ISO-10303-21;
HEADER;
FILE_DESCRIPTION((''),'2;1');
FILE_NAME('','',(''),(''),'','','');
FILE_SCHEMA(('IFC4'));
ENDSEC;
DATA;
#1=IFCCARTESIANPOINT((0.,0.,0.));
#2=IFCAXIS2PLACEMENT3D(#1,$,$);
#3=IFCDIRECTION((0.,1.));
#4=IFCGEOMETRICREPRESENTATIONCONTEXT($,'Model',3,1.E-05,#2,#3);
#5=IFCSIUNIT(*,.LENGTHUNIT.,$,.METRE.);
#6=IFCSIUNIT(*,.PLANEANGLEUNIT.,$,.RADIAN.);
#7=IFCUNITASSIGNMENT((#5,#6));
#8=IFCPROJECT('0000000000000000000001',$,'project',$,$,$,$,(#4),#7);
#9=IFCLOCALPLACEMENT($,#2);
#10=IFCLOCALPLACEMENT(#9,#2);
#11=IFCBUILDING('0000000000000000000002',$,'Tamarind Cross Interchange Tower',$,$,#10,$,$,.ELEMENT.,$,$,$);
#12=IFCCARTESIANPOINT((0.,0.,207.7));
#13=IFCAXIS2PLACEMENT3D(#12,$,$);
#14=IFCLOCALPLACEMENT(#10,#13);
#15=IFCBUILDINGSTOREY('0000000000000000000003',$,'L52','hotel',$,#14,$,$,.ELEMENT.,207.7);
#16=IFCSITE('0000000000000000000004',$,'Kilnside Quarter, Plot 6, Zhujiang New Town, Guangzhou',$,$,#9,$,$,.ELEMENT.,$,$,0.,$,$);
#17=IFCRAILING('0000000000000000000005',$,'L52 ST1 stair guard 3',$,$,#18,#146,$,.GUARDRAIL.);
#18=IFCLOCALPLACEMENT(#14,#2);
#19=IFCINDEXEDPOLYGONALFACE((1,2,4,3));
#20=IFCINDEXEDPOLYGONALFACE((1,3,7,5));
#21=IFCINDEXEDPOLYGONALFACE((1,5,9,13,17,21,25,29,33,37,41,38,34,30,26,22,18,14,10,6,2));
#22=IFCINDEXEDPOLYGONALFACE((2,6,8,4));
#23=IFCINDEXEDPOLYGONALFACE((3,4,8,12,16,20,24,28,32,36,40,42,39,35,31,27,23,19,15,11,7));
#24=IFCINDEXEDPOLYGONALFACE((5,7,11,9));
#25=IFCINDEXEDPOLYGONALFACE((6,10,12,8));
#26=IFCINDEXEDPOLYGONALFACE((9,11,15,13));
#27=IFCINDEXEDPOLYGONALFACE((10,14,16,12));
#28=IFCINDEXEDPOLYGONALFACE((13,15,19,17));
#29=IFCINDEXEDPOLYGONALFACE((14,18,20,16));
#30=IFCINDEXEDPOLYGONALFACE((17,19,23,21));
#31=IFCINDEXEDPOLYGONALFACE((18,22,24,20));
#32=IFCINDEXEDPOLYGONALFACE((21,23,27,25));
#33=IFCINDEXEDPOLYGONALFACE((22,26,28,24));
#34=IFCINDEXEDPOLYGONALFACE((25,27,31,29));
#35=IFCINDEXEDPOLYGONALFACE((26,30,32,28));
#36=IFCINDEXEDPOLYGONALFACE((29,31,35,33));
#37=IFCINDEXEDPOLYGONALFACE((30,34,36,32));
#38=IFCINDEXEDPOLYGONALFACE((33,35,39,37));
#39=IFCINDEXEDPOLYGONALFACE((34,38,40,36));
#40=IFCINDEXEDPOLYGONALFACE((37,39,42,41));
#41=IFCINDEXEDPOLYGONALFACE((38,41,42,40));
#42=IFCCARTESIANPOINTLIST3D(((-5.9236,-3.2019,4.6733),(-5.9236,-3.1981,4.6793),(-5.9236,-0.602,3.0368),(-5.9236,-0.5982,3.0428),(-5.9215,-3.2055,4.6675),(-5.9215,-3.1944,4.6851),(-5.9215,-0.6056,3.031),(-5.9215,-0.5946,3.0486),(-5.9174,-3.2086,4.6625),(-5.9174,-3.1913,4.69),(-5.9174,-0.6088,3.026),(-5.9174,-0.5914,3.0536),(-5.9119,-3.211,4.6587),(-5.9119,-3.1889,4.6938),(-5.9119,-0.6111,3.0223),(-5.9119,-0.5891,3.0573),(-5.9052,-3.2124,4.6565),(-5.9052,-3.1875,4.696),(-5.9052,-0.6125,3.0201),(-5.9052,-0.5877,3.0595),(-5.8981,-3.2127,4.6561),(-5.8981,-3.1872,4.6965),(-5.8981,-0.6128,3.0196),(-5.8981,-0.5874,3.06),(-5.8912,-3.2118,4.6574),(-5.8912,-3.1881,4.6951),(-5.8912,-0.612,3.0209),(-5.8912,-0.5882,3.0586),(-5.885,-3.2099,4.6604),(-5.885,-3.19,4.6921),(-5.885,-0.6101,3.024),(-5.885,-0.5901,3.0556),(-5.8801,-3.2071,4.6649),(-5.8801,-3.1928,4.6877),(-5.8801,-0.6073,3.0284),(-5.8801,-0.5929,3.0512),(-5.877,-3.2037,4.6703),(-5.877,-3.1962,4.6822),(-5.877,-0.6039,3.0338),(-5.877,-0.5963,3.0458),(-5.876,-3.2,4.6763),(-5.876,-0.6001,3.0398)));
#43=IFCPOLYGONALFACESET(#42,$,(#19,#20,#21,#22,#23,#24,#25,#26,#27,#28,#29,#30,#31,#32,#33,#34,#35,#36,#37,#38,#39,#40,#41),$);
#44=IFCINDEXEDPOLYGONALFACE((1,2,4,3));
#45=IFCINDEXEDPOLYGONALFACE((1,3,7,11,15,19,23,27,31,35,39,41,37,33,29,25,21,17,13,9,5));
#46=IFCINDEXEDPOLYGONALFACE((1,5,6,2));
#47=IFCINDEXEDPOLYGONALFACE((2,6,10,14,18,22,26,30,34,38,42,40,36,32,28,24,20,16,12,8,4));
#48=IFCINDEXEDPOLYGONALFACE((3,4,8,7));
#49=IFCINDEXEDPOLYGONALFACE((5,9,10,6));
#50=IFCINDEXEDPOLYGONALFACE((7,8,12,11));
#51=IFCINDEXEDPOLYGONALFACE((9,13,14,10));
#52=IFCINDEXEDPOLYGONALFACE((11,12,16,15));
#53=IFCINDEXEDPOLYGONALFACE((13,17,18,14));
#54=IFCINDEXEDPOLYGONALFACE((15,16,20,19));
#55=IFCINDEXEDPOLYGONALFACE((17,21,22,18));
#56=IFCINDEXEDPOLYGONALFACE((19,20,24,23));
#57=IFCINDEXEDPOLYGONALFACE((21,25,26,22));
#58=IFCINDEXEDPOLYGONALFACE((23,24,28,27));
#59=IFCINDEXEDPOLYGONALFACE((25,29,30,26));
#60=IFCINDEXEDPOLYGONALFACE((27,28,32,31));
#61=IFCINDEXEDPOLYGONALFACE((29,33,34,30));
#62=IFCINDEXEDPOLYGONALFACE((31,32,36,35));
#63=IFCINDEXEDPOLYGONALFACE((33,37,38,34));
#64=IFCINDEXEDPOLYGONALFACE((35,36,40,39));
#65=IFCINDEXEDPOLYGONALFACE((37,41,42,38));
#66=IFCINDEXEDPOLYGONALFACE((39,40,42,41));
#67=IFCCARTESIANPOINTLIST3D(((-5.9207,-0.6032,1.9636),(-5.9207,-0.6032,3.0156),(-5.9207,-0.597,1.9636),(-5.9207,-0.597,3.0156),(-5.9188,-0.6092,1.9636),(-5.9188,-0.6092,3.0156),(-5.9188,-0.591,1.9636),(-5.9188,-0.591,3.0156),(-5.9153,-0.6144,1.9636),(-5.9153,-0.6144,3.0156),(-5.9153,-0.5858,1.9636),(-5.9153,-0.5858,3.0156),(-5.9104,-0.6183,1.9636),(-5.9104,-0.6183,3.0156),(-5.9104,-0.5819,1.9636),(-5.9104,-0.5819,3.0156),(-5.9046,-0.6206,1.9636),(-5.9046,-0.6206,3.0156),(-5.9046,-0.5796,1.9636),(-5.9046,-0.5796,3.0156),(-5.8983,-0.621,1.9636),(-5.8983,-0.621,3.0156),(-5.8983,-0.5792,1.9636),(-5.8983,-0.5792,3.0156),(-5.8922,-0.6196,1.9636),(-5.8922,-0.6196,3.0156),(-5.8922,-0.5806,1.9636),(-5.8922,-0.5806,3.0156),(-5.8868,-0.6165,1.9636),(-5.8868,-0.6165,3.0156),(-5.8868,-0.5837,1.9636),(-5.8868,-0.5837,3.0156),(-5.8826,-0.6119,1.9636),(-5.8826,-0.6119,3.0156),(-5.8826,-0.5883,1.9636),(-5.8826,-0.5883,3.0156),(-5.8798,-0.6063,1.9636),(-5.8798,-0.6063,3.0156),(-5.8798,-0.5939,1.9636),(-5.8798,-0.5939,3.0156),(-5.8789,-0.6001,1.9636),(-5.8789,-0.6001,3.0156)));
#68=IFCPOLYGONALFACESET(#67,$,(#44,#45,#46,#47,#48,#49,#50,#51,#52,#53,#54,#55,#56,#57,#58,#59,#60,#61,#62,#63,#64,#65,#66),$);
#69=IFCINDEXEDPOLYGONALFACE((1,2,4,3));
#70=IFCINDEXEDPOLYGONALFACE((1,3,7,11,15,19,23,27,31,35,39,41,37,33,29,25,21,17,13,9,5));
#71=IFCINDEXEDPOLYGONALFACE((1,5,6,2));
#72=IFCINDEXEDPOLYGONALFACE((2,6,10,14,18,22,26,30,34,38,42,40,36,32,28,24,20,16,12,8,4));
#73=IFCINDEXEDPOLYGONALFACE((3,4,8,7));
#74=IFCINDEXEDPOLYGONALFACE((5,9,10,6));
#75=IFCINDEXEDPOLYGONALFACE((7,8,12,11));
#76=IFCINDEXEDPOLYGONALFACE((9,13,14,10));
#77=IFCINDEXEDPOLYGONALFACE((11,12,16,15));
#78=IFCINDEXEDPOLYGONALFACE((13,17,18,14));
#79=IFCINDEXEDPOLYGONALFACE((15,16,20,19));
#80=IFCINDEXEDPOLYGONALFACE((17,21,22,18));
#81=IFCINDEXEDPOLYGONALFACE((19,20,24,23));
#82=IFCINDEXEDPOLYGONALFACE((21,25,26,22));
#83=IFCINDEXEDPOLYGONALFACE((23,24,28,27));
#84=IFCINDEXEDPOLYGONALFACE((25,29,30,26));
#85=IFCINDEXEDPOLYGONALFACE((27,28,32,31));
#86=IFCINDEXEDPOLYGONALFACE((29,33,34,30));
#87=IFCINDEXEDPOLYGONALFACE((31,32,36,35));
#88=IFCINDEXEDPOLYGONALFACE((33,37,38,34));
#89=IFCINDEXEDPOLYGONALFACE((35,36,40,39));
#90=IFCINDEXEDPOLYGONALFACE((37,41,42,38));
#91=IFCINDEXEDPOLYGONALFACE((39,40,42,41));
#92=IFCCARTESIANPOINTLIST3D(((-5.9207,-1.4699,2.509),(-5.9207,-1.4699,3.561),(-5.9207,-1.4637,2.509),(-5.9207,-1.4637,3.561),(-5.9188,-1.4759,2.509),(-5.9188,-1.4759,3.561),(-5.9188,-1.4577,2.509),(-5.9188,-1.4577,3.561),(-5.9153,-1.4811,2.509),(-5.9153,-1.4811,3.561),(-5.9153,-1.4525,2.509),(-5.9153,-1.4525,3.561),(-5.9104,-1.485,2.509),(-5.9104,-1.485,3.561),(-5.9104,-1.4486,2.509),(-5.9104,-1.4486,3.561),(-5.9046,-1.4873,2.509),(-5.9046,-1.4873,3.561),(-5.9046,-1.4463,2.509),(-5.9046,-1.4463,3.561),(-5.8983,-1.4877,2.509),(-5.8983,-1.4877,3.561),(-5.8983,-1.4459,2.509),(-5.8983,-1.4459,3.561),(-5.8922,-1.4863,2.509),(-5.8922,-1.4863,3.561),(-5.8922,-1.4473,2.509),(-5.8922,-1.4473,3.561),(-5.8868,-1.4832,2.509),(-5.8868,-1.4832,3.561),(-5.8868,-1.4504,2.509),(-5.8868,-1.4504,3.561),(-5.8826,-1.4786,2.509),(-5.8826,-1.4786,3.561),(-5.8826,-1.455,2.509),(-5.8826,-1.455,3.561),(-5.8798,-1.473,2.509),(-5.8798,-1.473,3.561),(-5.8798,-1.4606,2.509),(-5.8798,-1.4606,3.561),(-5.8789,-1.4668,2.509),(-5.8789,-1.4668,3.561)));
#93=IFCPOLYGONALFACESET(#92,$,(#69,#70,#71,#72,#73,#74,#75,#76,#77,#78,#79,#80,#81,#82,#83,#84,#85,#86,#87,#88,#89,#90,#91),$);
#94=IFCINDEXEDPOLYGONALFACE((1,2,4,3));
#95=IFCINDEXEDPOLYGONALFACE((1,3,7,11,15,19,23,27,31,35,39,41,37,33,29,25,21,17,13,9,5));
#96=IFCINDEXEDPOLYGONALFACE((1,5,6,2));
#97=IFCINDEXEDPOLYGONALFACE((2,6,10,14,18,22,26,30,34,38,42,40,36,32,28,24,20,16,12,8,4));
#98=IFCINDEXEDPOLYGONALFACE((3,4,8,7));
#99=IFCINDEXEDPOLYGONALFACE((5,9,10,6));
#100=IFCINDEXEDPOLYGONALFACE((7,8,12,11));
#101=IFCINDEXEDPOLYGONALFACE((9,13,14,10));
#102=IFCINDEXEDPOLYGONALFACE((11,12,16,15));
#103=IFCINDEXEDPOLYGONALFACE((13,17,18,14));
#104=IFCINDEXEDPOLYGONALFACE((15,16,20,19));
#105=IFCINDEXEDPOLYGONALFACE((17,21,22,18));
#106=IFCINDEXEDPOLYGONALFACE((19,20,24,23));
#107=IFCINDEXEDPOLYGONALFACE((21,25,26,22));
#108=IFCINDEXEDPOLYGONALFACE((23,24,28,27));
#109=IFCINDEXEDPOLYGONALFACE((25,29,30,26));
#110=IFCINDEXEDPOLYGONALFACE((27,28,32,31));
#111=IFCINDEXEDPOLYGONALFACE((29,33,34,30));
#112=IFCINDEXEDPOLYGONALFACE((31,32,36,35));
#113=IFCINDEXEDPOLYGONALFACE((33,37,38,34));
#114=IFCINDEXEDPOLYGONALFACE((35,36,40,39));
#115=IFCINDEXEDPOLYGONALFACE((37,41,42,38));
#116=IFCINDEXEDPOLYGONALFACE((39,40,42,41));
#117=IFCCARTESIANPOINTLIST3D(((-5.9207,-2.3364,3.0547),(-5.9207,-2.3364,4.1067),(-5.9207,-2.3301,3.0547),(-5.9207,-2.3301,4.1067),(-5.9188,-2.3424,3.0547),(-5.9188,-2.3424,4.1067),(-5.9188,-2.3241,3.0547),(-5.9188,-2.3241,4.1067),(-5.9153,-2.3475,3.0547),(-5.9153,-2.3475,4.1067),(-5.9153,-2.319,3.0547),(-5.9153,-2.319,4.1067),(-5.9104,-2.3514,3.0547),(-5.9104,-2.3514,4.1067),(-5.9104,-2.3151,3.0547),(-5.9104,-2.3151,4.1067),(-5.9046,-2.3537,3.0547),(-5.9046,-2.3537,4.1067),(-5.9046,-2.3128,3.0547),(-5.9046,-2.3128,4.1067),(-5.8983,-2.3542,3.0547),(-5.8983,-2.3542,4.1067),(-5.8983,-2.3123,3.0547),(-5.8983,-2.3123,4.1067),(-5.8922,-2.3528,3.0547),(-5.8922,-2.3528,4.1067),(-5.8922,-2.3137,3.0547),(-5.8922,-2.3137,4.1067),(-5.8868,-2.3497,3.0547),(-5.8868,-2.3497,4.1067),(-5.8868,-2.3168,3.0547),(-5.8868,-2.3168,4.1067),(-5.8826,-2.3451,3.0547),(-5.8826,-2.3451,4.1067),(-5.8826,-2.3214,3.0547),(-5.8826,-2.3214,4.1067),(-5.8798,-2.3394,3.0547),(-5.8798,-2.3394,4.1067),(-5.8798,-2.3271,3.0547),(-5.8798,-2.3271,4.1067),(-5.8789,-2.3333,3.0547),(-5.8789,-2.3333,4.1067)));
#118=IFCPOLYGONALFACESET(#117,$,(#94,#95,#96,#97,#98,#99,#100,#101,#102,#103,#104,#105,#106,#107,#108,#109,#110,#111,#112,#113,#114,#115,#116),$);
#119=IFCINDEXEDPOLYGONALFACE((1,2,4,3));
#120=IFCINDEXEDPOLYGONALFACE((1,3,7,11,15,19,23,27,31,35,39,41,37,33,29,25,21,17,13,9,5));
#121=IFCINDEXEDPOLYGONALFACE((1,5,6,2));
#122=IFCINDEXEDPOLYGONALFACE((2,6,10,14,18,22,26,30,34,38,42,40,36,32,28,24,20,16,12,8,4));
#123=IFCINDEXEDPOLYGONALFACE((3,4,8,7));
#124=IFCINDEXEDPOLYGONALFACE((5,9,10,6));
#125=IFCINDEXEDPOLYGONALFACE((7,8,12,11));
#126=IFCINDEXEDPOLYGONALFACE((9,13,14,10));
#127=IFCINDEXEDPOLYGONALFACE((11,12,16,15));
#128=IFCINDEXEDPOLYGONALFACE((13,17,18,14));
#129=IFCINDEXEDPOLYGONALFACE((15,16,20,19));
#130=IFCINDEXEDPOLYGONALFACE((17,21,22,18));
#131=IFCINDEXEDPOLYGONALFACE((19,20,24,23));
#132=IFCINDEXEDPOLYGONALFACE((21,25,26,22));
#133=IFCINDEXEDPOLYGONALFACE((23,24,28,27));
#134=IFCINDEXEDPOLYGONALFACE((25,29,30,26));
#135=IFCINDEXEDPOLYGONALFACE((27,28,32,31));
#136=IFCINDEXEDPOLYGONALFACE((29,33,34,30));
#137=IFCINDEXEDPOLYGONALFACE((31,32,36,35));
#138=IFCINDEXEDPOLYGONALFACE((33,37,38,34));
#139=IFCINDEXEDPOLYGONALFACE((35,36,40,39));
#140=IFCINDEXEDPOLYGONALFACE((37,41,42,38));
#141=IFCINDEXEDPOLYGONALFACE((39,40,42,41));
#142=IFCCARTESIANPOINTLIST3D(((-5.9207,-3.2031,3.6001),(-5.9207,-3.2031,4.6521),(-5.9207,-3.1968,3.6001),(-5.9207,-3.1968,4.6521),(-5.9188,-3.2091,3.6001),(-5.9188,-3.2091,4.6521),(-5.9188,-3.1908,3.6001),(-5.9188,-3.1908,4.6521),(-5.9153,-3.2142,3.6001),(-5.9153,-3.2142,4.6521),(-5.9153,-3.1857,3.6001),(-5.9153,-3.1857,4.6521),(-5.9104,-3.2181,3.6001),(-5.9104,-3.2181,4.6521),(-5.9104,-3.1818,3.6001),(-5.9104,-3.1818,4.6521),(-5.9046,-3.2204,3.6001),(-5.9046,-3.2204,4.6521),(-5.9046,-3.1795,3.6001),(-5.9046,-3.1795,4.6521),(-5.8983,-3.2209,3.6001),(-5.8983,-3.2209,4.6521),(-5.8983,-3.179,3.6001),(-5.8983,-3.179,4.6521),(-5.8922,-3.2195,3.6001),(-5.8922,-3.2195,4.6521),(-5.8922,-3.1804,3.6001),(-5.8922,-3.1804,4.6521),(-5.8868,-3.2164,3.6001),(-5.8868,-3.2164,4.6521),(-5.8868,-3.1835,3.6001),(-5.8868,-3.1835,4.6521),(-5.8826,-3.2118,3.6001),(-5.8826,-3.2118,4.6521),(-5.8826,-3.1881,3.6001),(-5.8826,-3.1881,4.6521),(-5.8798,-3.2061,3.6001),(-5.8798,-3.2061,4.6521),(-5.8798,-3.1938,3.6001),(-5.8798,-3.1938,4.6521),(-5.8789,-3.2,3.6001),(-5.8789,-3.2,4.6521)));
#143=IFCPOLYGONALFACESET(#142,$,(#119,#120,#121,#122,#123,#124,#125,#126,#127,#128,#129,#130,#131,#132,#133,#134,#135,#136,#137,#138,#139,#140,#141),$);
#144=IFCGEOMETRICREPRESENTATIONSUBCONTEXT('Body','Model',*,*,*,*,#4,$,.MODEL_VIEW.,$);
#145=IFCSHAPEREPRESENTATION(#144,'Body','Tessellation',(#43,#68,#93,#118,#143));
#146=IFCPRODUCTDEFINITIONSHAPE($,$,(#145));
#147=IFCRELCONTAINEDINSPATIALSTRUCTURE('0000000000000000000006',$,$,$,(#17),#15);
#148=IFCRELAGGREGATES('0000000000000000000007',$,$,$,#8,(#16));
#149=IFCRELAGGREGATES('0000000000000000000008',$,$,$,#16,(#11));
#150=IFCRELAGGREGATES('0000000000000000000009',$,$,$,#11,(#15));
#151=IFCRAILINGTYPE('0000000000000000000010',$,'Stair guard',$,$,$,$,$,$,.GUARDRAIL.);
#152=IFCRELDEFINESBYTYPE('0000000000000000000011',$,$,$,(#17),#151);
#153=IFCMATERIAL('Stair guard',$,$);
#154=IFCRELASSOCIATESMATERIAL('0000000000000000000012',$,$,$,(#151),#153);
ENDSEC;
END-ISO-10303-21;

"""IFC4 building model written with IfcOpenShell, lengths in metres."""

from ifc_helpers import new_model, si_unit, direction, frame, origin, origin_2d, place, context, subcontext, project, spatial, circle, extrude, material, type_object, element, save


model = new_model("IFC4")

# Units and contexts
model_context = context("Model", 3, precision=1e-05, world=origin(), true_north=direction((0.0, 1.0)))
body_context = subcontext(model_context, "Body", "Model", "MODEL_VIEW")
ifc_project = project(units=[si_unit("LENGTHUNIT", "METRE"), si_unit("PLANEANGLEUNIT", "RADIAN")], contexts=[model_context])

# Site, building, storey
site_placement = place(None, origin())
site = spatial("IfcSite", under=ifc_project, at=site_placement, Name="Kilnside Quarter, Plot 6, Zhujiang New Town, Guangzhou", CompositionType="ELEMENT", RefElevation=0.0)
building_placement = place(site_placement, origin())
building = spatial("IfcBuilding", under=site, at=building_placement, Name="Tamarind Cross Interchange Tower", CompositionType="ELEMENT")
storey_placement = place(building_placement, frame((0.0, 0.0, 207.7)))
storey = spatial("IfcBuildingStorey", under=building, at=storey_placement, Name="L52", Description="hotel", CompositionType="ELEMENT", Elevation=207.7)

# Railing
ifc_material_1 = material(Name="Stair guard")
railing_type_1 = type_object("IfcRailingType", Name="Stair guard", PredefinedType="GUARDRAIL", material=ifc_material_1)
railing_1_placement = place(storey_placement, frame((-5.8999, -0.6001, 1.9636)))
element("IfcRailing", 1, at=railing_1_placement, inside=storey, type_object=railing_type_1, Name="L52 ST1 stair guard 3", PredefinedType="GUARDRAIL", context=body_context, shape_type="SweptSolid", body=[
    extrude(circle(Radius=0.0239, at=origin_2d()), frame((0.0, 0.0, 1.0762), z_axis=(0.0, -0.846302, 0.532704), x_axis=(1.0, 0.0, 0.0)), (0.0, 0.0, 1.0), 3.072),
    extrude(circle(Radius=0.021, at=origin_2d()), origin(), (0.0, 0.0, 1.0), 1.052),
    extrude(circle(Radius=0.021, at=origin_2d()), frame((0.0, -0.8667, 0.5454)), (0.0, 0.0, 1.0), 1.052),
    extrude(circle(Radius=0.021, at=origin_2d()), frame((0.0, -1.7332, 1.0911)), (0.0, 0.0, 1.0), 1.052),
    extrude(circle(Radius=0.021, at=origin_2d()), frame((0.0, -2.5999, 1.6365)), (0.0, 0.0, 1.0), 1.052),
])

save(model, "model.ifc")
